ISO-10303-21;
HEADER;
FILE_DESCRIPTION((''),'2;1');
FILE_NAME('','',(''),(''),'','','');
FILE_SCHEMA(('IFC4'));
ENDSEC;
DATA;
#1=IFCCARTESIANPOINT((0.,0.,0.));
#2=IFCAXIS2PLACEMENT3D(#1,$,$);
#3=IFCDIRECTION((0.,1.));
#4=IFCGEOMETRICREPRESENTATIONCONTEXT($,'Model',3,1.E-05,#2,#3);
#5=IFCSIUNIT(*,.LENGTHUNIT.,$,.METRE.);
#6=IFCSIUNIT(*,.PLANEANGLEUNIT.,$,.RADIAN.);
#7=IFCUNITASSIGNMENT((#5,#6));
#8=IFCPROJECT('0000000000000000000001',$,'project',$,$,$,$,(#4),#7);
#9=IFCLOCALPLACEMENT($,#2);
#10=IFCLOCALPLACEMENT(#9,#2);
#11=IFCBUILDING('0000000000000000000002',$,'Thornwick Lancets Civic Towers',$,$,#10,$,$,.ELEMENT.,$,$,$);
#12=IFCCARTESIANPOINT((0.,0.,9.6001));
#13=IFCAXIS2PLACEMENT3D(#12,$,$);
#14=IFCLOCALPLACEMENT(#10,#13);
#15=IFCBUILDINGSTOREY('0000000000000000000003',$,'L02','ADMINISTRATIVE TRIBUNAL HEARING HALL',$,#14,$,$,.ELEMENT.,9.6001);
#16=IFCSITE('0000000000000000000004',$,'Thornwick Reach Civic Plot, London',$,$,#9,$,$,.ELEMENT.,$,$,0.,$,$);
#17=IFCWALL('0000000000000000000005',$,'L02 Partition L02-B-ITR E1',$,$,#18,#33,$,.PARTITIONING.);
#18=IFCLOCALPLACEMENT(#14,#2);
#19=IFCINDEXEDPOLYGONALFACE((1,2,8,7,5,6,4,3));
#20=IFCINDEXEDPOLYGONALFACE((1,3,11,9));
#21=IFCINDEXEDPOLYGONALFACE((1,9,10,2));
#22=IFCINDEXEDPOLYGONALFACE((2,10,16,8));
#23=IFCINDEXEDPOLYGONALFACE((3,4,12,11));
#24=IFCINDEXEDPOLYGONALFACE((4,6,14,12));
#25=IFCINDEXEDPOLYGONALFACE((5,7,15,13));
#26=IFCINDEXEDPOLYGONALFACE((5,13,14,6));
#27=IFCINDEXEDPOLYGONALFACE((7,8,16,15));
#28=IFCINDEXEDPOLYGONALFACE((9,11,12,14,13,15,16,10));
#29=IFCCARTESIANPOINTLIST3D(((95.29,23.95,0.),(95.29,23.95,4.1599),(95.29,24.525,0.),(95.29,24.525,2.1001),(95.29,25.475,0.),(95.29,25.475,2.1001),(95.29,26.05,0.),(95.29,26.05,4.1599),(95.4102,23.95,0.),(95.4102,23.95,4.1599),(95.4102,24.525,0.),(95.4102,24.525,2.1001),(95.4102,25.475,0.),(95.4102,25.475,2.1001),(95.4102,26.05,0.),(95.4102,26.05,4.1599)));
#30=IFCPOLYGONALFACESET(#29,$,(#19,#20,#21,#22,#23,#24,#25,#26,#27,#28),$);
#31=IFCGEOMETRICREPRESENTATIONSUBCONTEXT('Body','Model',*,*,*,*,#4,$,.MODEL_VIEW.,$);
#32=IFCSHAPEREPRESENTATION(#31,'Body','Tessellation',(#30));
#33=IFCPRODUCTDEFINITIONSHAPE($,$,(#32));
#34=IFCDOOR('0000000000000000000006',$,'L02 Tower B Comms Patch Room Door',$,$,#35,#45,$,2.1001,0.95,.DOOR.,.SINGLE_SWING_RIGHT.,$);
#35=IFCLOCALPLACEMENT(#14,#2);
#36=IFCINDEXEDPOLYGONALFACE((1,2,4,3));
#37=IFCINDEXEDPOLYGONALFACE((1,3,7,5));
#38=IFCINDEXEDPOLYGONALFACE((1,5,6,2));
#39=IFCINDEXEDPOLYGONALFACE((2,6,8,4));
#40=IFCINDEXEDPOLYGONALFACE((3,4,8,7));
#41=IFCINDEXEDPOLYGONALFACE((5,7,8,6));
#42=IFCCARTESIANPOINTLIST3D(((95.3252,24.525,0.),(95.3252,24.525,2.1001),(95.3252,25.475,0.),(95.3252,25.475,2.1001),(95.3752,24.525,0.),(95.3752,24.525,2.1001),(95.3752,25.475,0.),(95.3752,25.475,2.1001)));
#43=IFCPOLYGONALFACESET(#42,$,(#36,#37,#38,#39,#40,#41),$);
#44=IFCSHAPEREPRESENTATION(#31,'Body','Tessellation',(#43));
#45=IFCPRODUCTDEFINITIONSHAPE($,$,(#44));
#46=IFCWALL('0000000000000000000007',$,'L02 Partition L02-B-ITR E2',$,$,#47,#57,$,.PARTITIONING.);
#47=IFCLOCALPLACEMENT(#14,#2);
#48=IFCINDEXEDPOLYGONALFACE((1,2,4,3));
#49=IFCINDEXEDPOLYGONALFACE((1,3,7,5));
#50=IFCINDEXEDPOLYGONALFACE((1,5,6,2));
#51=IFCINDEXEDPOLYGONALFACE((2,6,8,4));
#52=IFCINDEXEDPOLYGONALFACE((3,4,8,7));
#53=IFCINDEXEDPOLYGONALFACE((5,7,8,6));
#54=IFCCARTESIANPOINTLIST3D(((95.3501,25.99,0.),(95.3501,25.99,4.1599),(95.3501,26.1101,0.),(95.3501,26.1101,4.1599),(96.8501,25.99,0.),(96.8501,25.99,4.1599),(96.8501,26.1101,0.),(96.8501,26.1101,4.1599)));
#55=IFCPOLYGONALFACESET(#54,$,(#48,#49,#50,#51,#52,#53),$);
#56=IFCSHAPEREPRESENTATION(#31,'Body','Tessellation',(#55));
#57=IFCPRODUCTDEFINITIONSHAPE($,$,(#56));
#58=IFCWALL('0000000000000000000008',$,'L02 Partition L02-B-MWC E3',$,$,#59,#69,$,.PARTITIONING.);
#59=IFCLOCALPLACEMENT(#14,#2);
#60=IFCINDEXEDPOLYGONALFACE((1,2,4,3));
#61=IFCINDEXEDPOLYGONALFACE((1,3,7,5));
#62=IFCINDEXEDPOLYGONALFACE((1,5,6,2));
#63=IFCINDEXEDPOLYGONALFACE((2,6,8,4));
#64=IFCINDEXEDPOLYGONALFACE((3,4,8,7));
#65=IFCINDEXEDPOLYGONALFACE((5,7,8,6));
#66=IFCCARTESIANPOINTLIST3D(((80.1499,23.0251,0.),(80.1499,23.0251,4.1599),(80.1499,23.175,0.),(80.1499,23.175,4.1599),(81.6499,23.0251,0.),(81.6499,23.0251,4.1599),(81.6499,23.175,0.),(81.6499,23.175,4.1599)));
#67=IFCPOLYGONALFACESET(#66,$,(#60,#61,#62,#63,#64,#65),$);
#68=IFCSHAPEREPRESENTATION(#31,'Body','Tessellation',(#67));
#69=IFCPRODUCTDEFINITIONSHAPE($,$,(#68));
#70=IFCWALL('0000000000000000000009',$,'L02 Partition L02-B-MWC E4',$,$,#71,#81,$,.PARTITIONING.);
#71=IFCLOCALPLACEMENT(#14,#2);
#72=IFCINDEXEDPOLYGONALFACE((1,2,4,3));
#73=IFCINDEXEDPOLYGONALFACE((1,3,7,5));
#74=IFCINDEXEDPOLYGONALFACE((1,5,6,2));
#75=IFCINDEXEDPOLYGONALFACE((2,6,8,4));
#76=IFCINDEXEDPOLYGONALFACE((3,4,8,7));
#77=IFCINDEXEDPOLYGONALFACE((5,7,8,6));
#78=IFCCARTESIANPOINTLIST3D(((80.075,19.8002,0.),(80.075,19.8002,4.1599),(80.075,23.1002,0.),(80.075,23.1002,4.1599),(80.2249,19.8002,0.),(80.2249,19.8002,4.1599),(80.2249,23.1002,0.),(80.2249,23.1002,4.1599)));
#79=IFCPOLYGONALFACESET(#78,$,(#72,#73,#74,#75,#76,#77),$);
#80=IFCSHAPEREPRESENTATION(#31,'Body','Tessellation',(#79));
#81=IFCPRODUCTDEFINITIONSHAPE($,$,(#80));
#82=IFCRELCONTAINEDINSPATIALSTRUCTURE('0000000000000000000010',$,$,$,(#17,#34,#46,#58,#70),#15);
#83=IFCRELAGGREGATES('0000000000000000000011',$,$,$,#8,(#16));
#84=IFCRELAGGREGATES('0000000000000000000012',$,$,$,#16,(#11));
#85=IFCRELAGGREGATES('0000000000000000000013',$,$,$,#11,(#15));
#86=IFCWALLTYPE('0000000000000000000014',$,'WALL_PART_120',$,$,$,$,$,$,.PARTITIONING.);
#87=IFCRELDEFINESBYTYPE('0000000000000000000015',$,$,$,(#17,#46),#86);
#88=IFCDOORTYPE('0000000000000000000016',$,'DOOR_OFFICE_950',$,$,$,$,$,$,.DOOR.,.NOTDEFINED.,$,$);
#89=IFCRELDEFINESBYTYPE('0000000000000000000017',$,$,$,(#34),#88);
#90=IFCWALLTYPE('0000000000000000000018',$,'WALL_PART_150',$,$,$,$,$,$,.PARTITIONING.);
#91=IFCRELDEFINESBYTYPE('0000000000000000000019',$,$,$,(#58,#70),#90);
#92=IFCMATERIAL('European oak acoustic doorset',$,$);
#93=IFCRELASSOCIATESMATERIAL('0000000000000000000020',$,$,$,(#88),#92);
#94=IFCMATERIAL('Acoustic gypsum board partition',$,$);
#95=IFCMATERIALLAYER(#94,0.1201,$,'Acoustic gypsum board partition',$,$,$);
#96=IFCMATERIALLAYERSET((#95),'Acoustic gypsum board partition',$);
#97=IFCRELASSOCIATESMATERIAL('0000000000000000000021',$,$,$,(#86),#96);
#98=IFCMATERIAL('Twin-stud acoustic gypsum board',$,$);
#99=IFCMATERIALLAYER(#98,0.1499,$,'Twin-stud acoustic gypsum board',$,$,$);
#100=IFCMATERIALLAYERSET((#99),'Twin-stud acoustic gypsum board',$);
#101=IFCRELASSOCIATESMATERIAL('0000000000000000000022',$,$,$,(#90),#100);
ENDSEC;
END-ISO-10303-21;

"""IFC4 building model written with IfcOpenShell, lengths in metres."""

from ifc_helpers import new_model, si_unit, direction, frame, frame_2d, origin, place, context, subcontext, project, spatial, rectangle, extrude, material, layer, layer_set, type_object, element, fill, save


model = new_model("IFC4")

# Units and contexts
model_context = context("Model", 3, precision=1e-05, world=origin(), true_north=direction((0.0, 1.0)))
body_context = subcontext(model_context, "Body", "Model", "MODEL_VIEW")
ifc_project = project(units=[si_unit("LENGTHUNIT", "METRE"), si_unit("PLANEANGLEUNIT", "RADIAN")], contexts=[model_context])

# Site, building, storey
site_placement = place(None, origin())
site = spatial("IfcSite", under=ifc_project, at=site_placement, Name="Thornwick Reach Civic Plot, London", CompositionType="ELEMENT", RefElevation=0.0)
building_placement = place(site_placement, origin())
building = spatial("IfcBuilding", under=site, at=building_placement, Name="Thornwick Lancets Civic Towers", CompositionType="ELEMENT")
storey_placement = place(building_placement, frame((0.0, 0.0, 9.6001)))
storey = spatial("IfcBuildingStorey", under=building, at=storey_placement, Name="L02", Description="ADMINISTRATIVE TRIBUNAL HEARING HALL", CompositionType="ELEMENT", Elevation=9.6001)

# Wall, opening, door
ifc_material_1 = material(Name="European oak acoustic doorset")
door_type_1 = type_object("IfcDoorType", Name="DOOR_OFFICE_950", OperationType="NOTDEFINED", PredefinedType="DOOR", material=ifc_material_1)
ifc_material_2 = material(Name="Acoustic gypsum board partition")
ifc_layer_1 = layer(ifc_material_2, 0.1201, Name="Acoustic gypsum board partition")
ifc_layer_set_1 = layer_set([ifc_layer_1], Name="Acoustic gypsum board partition")
wall_type_1 = type_object("IfcWallType", Name="WALL_PART_120", PredefinedType="PARTITIONING", material=ifc_layer_set_1)
wall_1_placement = place(storey_placement, frame((95.3501, 23.95, 0.0), z_axis=(0.0, 0.0, 1.0), x_axis=(0.0, 1.0, 0.0)))
wall_1 = element("IfcWall", 1, at=wall_1_placement, inside=storey, type_object=wall_type_1, Name="L02 Partition L02-B-ITR E1", PredefinedType="PARTITIONING", context=body_context, shape_type="SweptSolid", body=[
    extrude(rectangle(XDim=2.1001, YDim=0.1201, at=frame_2d((1.05, 0.0))), origin(), (0.0, 0.0, 1.0), 4.1599),
])
opening_1_placement = place(wall_1_placement, frame((0.575, 0.0, 0.0)))
opening_1 = element("IfcOpeningElement", 2, at=opening_1_placement, cuts=wall_1, PredefinedType="OPENING", context=body_context, shape_type="SweptSolid", body=[
    extrude(rectangle(XDim=0.95, YDim=2.1001, at=frame_2d((0.4751, 1.05))), frame((0.0, 0.0701, 0.0), z_axis=(0.0, -1.0, 0.0), x_axis=(1.0, 0.0, 0.0)), (0.0, 0.0, 1.0), 0.1401),
])
door_1_placement = place(opening_1_placement, origin())
door_1 = element("IfcDoor", 3, at=door_1_placement, inside=storey, type_object=door_type_1, Name="L02 Tower B Comms Patch Room Door", OperationType="SINGLE_SWING_RIGHT", OverallHeight=2.1001, OverallWidth=0.95, PredefinedType="DOOR", context=body_context, shape_type="SweptSolid", body=[
    extrude(rectangle(XDim=0.95, YDim=2.1001, at=frame_2d((0.4751, 1.05))), frame((0.0, 0.0249, 0.0), z_axis=(0.0, -1.0, 0.0), x_axis=(1.0, 0.0, 0.0)), (0.0, 0.0, 1.0), 0.05),
])
fill(opening_1, door_1)

# Walls
wall_2_placement = place(storey_placement, frame((95.3501, 26.05, 0.0), z_axis=(0.0, 0.0, 1.0), x_axis=(1.0, 0.0, 0.0)))
element("IfcWall", 4, at=wall_2_placement, inside=storey, type_object=wall_type_1, Name="L02 Partition L02-B-ITR E2", PredefinedType="PARTITIONING", context=body_context, shape_type="SweptSolid", body=[
    extrude(rectangle(XDim=1.5, YDim=0.1201, at=frame_2d((0.75, 0.0))), origin(), (0.0, 0.0, 1.0), 4.1599),
])
ifc_material_3 = material(Name="Twin-stud acoustic gypsum board")
ifc_layer_2 = layer(ifc_material_3, 0.1499, Name="Twin-stud acoustic gypsum board")
ifc_layer_set_2 = layer_set([ifc_layer_2], Name="Twin-stud acoustic gypsum board")
wall_type_2 = type_object("IfcWallType", Name="WALL_PART_150", PredefinedType="PARTITIONING", material=ifc_layer_set_2)
wall_3_placement = place(storey_placement, frame((81.6499, 23.1001, 0.0), z_axis=(0.0, 0.0, 1.0), x_axis=(-1.0, 0.0, 0.0)))
element("IfcWall", 5, at=wall_3_placement, inside=storey, type_object=wall_type_2, Name="L02 Partition L02-B-MWC E3", PredefinedType="PARTITIONING", context=body_context, shape_type="SweptSolid", body=[
    extrude(rectangle(XDim=1.5, YDim=0.1499, at=frame_2d((0.75, 0.0))), origin(), (0.0, 0.0, 1.0), 4.1599),
])
wall_4_placement = place(storey_placement, frame((80.1499, 23.1001, 0.0), z_axis=(0.0, 0.0, 1.0), x_axis=(0.0, -1.0, 0.0)))
element("IfcWall", 6, at=wall_4_placement, inside=storey, type_object=wall_type_2, Name="L02 Partition L02-B-MWC E4", PredefinedType="PARTITIONING", context=body_context, shape_type="SweptSolid", body=[
    extrude(rectangle(XDim=3.3, YDim=0.1499, at=frame_2d((1.6499, 0.0))), origin(), (0.0, 0.0, 1.0), 4.1599),
])

save(model, "model.ifc")
